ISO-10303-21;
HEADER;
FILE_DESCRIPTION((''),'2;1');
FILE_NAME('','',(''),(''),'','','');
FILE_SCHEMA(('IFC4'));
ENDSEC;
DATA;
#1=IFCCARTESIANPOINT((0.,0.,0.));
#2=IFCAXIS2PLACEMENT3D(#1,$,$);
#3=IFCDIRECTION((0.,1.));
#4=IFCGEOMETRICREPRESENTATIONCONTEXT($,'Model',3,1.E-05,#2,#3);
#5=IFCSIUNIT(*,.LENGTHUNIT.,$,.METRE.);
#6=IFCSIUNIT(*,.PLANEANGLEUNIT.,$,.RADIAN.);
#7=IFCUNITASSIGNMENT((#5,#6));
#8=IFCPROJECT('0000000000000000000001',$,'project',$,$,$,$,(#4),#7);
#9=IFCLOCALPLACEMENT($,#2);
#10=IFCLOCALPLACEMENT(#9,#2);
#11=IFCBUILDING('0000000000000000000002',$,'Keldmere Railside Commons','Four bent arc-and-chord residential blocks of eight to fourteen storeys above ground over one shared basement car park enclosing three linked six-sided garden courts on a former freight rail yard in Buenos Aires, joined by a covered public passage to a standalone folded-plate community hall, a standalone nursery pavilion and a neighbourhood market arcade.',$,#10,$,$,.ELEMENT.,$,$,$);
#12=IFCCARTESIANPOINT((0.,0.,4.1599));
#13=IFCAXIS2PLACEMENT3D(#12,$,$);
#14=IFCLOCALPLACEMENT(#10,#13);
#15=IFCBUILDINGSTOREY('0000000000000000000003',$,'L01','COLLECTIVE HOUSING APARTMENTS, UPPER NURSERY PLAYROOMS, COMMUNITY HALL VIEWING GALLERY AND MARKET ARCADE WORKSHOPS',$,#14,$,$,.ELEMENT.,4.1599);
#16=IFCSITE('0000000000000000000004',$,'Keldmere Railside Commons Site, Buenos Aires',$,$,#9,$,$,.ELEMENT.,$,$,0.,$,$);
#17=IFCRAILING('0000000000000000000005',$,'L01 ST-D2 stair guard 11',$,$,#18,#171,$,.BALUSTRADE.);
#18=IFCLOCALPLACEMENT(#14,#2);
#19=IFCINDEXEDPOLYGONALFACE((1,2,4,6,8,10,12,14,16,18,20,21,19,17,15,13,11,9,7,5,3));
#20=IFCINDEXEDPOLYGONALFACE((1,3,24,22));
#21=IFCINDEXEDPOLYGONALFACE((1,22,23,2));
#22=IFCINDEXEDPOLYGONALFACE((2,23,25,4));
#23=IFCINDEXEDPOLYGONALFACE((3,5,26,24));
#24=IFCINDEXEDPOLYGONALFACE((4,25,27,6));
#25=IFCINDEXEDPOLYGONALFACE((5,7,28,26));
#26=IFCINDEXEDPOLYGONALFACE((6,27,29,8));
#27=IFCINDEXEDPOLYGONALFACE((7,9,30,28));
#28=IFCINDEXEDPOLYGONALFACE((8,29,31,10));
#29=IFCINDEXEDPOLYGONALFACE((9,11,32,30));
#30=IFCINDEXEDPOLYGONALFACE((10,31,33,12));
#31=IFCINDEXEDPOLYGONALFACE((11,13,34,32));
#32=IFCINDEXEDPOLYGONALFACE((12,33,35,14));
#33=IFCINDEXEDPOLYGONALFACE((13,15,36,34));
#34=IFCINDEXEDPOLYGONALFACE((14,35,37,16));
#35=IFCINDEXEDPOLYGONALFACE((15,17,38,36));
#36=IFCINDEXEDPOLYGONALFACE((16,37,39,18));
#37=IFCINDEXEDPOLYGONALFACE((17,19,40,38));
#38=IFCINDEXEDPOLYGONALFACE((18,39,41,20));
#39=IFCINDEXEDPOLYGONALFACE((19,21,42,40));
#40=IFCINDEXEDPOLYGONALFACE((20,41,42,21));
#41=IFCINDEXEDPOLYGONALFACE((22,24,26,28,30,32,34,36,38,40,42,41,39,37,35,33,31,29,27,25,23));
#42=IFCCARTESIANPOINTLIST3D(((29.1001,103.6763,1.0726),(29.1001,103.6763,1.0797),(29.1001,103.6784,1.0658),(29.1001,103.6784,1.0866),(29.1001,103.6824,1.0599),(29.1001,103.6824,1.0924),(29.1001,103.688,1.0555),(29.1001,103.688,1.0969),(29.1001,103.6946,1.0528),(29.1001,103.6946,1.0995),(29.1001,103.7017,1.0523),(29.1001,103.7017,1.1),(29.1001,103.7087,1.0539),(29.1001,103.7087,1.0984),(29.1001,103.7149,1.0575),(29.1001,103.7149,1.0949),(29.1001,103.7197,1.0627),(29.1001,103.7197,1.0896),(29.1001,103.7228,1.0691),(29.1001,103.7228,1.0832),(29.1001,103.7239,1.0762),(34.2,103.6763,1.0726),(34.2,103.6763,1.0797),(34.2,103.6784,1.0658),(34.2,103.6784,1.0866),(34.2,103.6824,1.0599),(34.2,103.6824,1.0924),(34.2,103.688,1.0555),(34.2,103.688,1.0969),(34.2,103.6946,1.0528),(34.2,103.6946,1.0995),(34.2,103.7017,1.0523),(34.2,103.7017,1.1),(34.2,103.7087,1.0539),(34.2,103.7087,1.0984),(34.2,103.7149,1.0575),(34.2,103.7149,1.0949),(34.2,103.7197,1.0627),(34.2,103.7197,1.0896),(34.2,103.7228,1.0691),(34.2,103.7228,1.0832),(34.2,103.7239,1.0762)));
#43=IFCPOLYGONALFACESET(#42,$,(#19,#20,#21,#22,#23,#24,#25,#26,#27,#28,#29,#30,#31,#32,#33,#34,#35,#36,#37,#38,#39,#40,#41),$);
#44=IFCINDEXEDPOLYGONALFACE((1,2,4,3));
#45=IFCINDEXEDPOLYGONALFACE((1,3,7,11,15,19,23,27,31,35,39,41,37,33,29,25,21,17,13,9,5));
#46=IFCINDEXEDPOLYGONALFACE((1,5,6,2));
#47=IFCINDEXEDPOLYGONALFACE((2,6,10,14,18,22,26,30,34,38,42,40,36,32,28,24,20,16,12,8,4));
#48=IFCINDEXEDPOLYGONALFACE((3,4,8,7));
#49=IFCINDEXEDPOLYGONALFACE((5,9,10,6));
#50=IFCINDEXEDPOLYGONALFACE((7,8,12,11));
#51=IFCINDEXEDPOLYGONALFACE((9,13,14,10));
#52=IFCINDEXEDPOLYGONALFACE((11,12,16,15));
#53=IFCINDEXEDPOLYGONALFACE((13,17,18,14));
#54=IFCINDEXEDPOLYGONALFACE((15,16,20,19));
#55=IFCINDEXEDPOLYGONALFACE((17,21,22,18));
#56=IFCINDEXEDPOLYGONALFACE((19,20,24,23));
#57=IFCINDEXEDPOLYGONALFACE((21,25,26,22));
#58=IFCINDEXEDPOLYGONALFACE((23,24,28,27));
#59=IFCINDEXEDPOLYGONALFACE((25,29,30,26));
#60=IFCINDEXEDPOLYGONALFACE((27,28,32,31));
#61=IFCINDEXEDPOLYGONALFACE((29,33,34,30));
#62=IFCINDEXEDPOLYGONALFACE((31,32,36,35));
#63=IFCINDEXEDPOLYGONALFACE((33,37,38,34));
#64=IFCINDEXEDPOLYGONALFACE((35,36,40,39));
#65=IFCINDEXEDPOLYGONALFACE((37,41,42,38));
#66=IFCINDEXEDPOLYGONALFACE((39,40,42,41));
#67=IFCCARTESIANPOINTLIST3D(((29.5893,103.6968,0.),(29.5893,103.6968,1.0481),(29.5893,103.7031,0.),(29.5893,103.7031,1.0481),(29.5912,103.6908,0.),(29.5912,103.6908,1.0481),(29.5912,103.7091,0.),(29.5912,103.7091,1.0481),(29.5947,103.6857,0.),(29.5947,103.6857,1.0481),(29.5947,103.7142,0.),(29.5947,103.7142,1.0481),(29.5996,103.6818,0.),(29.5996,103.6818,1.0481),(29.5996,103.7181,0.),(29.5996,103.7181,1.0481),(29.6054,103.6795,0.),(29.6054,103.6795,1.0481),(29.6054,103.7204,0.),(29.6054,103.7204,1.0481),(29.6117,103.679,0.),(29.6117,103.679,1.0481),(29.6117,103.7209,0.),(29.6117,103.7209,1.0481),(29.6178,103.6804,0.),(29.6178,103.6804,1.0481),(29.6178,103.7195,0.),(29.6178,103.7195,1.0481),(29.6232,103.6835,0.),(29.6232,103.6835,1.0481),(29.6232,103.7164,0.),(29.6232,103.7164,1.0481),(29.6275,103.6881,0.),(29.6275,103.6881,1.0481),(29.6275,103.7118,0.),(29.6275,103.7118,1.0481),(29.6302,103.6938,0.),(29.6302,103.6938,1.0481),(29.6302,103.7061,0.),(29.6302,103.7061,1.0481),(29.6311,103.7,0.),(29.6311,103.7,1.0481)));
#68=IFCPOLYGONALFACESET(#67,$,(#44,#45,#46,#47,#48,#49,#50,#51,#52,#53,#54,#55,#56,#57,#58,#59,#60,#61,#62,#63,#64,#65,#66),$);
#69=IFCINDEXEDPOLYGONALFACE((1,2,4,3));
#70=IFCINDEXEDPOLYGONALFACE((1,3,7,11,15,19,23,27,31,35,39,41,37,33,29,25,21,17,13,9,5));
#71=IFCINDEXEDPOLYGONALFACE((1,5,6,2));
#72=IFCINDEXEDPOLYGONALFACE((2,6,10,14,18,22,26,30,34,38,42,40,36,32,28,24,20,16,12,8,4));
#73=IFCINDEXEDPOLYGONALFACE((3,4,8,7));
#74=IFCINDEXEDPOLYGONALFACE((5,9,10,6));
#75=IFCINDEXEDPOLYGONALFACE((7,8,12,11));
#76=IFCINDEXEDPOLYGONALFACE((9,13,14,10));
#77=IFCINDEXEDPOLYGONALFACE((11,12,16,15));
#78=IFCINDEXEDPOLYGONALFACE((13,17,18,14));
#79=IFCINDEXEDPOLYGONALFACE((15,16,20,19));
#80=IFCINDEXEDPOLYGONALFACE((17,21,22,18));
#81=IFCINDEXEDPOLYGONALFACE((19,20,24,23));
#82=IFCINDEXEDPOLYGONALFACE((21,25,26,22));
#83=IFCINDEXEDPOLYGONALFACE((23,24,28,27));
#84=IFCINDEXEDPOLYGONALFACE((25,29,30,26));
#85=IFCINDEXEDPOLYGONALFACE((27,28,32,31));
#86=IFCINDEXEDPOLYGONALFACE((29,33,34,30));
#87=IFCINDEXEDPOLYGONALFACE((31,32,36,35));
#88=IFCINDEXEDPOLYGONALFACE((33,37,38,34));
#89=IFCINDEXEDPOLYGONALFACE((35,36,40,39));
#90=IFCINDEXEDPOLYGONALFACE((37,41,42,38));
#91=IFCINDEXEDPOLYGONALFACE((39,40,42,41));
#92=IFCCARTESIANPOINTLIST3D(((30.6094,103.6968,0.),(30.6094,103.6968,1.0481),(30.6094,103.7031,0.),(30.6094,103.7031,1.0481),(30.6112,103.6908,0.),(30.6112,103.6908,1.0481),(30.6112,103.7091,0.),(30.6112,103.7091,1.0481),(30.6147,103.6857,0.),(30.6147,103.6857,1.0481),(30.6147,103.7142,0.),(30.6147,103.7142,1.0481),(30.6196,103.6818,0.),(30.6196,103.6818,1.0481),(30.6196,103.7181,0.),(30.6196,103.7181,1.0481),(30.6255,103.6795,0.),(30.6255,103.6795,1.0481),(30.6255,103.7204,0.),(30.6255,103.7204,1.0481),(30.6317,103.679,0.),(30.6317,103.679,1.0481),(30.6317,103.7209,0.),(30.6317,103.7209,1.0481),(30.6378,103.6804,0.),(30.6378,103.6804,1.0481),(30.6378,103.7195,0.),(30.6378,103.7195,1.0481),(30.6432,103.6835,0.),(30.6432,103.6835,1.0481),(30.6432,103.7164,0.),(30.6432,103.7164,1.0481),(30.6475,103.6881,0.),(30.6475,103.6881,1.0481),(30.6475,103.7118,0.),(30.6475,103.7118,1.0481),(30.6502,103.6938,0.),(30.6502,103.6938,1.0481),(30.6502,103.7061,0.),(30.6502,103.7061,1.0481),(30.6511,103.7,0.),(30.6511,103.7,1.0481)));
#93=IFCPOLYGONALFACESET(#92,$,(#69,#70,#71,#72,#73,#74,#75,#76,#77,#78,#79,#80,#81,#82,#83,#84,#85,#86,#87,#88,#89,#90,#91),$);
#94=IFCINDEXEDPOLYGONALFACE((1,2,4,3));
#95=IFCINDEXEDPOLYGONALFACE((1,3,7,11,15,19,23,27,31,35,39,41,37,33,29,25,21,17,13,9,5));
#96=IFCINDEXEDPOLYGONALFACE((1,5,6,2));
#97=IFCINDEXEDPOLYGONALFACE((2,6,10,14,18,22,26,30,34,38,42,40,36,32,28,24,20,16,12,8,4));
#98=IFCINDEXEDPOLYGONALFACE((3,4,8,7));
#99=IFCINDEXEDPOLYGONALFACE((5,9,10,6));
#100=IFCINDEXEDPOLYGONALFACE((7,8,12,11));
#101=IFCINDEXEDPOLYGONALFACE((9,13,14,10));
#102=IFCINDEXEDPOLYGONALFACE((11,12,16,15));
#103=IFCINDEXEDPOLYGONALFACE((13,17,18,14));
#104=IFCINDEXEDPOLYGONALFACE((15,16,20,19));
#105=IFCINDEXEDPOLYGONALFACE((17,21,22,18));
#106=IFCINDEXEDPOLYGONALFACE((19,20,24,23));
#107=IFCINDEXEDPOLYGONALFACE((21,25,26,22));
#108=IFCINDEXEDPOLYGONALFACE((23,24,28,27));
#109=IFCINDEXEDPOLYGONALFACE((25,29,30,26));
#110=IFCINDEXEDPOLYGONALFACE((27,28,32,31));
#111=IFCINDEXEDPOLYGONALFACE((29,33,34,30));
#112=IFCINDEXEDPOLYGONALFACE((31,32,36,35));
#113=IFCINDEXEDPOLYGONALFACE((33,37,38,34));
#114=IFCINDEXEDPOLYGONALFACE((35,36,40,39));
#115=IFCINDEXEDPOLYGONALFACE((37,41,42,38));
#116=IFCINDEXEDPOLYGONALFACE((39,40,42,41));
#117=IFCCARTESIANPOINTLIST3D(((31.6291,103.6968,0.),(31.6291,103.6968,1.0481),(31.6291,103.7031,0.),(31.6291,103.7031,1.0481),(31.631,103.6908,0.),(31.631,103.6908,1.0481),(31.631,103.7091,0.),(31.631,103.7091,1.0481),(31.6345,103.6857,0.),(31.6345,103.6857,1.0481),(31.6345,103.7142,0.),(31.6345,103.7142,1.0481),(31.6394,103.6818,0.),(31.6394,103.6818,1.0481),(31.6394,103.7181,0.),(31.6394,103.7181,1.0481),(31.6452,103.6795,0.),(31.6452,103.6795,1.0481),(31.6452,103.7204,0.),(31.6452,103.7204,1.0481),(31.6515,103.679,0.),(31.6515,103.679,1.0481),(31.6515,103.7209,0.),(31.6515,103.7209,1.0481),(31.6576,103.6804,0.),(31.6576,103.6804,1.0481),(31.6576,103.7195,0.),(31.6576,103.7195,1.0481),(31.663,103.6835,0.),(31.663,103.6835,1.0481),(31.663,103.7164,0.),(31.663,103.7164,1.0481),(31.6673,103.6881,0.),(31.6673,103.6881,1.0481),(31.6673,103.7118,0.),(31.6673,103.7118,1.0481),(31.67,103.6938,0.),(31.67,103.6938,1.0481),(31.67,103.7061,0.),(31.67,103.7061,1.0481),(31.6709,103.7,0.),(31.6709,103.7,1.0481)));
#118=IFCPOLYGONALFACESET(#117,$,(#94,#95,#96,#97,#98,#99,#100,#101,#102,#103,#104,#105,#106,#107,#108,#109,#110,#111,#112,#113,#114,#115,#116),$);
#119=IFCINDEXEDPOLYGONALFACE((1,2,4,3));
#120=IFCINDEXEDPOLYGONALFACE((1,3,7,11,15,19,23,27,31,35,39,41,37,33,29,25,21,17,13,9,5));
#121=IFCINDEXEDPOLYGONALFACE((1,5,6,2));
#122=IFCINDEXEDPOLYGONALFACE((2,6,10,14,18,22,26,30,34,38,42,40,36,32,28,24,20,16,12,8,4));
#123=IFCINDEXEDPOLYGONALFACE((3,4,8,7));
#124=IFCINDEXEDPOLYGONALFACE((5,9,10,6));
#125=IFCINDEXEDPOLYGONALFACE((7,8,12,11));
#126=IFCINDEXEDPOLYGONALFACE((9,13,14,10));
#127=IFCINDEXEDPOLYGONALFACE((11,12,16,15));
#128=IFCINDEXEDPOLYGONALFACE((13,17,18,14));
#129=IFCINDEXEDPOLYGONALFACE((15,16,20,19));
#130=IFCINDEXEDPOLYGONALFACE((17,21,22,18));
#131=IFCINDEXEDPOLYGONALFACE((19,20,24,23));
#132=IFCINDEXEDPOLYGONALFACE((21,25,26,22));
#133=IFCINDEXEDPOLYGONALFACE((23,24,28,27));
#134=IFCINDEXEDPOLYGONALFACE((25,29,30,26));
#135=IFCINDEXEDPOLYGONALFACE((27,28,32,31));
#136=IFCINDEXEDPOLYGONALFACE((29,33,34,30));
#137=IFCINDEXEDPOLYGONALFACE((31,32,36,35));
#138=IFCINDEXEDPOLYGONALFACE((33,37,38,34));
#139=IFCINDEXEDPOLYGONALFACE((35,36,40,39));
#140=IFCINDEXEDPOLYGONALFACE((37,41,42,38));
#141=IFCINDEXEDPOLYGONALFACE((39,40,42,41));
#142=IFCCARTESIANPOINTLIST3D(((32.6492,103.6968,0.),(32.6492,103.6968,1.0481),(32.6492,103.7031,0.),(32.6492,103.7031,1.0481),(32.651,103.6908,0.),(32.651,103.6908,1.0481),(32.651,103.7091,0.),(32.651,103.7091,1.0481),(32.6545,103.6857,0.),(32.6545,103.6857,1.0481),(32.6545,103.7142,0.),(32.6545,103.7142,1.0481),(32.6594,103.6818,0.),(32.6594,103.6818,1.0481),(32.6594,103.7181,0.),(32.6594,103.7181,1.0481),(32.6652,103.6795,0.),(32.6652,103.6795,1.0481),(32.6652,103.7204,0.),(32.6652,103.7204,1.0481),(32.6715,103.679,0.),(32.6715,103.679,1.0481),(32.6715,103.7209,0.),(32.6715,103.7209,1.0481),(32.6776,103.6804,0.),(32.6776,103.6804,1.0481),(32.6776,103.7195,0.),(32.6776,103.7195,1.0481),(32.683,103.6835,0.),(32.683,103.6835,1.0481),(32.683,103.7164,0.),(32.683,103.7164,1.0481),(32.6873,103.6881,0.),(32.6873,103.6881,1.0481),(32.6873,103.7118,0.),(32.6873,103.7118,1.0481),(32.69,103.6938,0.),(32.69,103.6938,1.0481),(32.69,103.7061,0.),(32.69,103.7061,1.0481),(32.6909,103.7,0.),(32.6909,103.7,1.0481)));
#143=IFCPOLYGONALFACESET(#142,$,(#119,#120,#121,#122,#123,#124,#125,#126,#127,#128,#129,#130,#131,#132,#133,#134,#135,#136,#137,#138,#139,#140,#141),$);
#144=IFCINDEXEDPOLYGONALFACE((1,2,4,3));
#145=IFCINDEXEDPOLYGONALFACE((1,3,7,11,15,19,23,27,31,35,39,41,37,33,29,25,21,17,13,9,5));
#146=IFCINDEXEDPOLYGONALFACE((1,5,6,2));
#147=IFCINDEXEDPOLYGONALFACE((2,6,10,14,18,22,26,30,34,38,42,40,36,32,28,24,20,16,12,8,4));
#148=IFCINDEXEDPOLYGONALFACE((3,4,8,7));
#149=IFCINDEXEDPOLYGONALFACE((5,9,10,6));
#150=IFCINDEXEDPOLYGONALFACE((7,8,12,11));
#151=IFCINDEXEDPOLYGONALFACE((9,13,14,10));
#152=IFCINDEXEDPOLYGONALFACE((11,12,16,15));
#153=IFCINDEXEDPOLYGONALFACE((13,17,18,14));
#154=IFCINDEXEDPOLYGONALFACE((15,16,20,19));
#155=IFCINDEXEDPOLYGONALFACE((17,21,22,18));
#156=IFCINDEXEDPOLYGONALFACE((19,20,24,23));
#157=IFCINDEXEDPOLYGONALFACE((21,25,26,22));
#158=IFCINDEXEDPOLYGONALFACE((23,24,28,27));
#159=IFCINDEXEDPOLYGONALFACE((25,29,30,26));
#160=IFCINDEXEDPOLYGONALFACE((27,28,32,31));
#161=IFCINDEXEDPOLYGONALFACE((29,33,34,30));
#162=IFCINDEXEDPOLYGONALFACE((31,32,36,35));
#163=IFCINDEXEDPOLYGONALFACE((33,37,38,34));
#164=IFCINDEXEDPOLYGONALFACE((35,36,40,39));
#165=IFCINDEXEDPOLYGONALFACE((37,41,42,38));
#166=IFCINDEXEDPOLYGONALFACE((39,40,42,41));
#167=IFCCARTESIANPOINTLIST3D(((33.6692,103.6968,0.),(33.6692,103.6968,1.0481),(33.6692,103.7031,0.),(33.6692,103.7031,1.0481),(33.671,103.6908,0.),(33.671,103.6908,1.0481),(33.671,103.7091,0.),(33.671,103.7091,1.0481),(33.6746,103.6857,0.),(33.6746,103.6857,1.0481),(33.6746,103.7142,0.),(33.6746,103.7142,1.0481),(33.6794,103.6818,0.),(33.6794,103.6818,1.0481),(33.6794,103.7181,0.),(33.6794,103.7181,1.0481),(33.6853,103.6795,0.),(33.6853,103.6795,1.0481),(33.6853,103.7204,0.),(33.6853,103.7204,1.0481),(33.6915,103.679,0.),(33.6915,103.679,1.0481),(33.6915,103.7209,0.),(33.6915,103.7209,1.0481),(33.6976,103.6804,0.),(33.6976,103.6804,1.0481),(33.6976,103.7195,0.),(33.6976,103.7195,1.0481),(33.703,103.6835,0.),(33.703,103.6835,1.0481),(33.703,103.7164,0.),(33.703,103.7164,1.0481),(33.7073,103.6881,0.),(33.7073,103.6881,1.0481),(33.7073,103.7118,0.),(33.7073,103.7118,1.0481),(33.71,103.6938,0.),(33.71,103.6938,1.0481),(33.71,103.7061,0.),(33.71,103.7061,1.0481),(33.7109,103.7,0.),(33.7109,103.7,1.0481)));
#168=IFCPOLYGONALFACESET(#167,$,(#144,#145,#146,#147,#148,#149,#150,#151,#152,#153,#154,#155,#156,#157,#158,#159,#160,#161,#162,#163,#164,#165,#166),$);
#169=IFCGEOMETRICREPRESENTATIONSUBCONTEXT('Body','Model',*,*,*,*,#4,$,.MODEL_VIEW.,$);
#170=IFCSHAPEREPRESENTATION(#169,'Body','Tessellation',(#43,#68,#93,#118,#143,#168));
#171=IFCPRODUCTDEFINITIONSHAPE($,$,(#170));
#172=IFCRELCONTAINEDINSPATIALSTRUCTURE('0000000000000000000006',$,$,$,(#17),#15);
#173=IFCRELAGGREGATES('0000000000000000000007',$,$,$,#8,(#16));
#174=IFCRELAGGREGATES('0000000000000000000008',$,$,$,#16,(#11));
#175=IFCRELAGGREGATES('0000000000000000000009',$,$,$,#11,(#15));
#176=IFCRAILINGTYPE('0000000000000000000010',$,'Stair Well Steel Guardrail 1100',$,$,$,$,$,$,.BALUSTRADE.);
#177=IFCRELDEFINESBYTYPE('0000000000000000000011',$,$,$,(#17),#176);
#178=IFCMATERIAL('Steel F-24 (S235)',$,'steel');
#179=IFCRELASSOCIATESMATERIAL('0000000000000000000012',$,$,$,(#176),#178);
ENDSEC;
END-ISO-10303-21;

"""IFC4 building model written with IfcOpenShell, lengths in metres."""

from ifc_helpers import new_model, si_unit, direction, frame, origin, origin_2d, place, context, subcontext, project, spatial, circle, extrude, material, type_object, element, save


model = new_model("IFC4")

# Units and contexts
model_context = context("Model", 3, precision=1e-05, world=origin(), true_north=direction((0.0, 1.0)))
body_context = subcontext(model_context, "Body", "Model", "MODEL_VIEW")
ifc_project = project(units=[si_unit("LENGTHUNIT", "METRE"), si_unit("PLANEANGLEUNIT", "RADIAN")], contexts=[model_context])

# Site, building, storey
site_placement = place(None, origin())
site = spatial("IfcSite", under=ifc_project, at=site_placement, Name="Keldmere Railside Commons Site, Buenos Aires", CompositionType="ELEMENT", RefElevation=0.0)
building_placement = place(site_placement, origin())
building = spatial("IfcBuilding", under=site, at=building_placement, Name="Keldmere Railside Commons", Description="Four bent arc-and-chord residential blocks of eight to fourteen storeys above ground over one shared basement car park enclosing three linked six-sided garden courts on a former freight rail yard in Buenos Aires, joined by a covered public passage to a standalone folded-plate community hall, a standalone nursery pavilion and a neighbourhood market arcade.", CompositionType="ELEMENT")
storey_placement = place(building_placement, frame((0.0, 0.0, 4.1599)))
storey = spatial("IfcBuildingStorey", under=building, at=storey_placement, Name="L01", Description="COLLECTIVE HOUSING APARTMENTS, UPPER NURSERY PLAYROOMS, COMMUNITY HALL VIEWING GALLERY AND MARKET ARCADE WORKSHOPS", CompositionType="ELEMENT", Elevation=4.1599)

# Shared definitions
ifc_material_1 = material(Name="Steel F-24 (S235)", Category="steel")

# Railing
railing_type_1 = type_object("IfcRailingType", Name="Stair Well Steel Guardrail 1100", PredefinedType="BALUSTRADE", material=ifc_material_1)
for number, where, name in (
    (1, (29.1001, 103.7, 0.0), "L01 ST-D2 stair guard 11"),
):
    element("IfcRailing", number, at=place(storey_placement, frame(where)), inside=storey, type_object=railing_type_1, Name=name, PredefinedType="BALUSTRADE", context=body_context, shape_type="SweptSolid", body=[
        extrude(circle(Radius=0.0239, at=origin_2d()), frame((0.0, 0.0, 1.0762), z_axis=(1.0, 0.0, 0.0), x_axis=(0.0, 1.0, 0.0)), (0.0, 0.0, 1.0), 5.0999),
        extrude(circle(Radius=0.021, at=origin_2d()), frame((0.51, 0.0, 0.0)), (0.0, 0.0, 1.0), 1.0481),
        extrude(circle(Radius=0.021, at=origin_2d()), frame((1.53, 0.0, 0.0)), (0.0, 0.0, 1.0), 1.0481),
        extrude(circle(Radius=0.021, at=origin_2d()), frame((2.5498, 0.0, 0.0)), (0.0, 0.0, 1.0), 1.0481),
        extrude(circle(Radius=0.021, at=origin_2d()), frame((3.5698, 0.0, 0.0)), (0.0, 0.0, 1.0), 1.0481),
        extrude(circle(Radius=0.021, at=origin_2d()), frame((4.5898, 0.0, 0.0)), (0.0, 0.0, 1.0), 1.0481),
    ])

save(model, "model.ifc")
